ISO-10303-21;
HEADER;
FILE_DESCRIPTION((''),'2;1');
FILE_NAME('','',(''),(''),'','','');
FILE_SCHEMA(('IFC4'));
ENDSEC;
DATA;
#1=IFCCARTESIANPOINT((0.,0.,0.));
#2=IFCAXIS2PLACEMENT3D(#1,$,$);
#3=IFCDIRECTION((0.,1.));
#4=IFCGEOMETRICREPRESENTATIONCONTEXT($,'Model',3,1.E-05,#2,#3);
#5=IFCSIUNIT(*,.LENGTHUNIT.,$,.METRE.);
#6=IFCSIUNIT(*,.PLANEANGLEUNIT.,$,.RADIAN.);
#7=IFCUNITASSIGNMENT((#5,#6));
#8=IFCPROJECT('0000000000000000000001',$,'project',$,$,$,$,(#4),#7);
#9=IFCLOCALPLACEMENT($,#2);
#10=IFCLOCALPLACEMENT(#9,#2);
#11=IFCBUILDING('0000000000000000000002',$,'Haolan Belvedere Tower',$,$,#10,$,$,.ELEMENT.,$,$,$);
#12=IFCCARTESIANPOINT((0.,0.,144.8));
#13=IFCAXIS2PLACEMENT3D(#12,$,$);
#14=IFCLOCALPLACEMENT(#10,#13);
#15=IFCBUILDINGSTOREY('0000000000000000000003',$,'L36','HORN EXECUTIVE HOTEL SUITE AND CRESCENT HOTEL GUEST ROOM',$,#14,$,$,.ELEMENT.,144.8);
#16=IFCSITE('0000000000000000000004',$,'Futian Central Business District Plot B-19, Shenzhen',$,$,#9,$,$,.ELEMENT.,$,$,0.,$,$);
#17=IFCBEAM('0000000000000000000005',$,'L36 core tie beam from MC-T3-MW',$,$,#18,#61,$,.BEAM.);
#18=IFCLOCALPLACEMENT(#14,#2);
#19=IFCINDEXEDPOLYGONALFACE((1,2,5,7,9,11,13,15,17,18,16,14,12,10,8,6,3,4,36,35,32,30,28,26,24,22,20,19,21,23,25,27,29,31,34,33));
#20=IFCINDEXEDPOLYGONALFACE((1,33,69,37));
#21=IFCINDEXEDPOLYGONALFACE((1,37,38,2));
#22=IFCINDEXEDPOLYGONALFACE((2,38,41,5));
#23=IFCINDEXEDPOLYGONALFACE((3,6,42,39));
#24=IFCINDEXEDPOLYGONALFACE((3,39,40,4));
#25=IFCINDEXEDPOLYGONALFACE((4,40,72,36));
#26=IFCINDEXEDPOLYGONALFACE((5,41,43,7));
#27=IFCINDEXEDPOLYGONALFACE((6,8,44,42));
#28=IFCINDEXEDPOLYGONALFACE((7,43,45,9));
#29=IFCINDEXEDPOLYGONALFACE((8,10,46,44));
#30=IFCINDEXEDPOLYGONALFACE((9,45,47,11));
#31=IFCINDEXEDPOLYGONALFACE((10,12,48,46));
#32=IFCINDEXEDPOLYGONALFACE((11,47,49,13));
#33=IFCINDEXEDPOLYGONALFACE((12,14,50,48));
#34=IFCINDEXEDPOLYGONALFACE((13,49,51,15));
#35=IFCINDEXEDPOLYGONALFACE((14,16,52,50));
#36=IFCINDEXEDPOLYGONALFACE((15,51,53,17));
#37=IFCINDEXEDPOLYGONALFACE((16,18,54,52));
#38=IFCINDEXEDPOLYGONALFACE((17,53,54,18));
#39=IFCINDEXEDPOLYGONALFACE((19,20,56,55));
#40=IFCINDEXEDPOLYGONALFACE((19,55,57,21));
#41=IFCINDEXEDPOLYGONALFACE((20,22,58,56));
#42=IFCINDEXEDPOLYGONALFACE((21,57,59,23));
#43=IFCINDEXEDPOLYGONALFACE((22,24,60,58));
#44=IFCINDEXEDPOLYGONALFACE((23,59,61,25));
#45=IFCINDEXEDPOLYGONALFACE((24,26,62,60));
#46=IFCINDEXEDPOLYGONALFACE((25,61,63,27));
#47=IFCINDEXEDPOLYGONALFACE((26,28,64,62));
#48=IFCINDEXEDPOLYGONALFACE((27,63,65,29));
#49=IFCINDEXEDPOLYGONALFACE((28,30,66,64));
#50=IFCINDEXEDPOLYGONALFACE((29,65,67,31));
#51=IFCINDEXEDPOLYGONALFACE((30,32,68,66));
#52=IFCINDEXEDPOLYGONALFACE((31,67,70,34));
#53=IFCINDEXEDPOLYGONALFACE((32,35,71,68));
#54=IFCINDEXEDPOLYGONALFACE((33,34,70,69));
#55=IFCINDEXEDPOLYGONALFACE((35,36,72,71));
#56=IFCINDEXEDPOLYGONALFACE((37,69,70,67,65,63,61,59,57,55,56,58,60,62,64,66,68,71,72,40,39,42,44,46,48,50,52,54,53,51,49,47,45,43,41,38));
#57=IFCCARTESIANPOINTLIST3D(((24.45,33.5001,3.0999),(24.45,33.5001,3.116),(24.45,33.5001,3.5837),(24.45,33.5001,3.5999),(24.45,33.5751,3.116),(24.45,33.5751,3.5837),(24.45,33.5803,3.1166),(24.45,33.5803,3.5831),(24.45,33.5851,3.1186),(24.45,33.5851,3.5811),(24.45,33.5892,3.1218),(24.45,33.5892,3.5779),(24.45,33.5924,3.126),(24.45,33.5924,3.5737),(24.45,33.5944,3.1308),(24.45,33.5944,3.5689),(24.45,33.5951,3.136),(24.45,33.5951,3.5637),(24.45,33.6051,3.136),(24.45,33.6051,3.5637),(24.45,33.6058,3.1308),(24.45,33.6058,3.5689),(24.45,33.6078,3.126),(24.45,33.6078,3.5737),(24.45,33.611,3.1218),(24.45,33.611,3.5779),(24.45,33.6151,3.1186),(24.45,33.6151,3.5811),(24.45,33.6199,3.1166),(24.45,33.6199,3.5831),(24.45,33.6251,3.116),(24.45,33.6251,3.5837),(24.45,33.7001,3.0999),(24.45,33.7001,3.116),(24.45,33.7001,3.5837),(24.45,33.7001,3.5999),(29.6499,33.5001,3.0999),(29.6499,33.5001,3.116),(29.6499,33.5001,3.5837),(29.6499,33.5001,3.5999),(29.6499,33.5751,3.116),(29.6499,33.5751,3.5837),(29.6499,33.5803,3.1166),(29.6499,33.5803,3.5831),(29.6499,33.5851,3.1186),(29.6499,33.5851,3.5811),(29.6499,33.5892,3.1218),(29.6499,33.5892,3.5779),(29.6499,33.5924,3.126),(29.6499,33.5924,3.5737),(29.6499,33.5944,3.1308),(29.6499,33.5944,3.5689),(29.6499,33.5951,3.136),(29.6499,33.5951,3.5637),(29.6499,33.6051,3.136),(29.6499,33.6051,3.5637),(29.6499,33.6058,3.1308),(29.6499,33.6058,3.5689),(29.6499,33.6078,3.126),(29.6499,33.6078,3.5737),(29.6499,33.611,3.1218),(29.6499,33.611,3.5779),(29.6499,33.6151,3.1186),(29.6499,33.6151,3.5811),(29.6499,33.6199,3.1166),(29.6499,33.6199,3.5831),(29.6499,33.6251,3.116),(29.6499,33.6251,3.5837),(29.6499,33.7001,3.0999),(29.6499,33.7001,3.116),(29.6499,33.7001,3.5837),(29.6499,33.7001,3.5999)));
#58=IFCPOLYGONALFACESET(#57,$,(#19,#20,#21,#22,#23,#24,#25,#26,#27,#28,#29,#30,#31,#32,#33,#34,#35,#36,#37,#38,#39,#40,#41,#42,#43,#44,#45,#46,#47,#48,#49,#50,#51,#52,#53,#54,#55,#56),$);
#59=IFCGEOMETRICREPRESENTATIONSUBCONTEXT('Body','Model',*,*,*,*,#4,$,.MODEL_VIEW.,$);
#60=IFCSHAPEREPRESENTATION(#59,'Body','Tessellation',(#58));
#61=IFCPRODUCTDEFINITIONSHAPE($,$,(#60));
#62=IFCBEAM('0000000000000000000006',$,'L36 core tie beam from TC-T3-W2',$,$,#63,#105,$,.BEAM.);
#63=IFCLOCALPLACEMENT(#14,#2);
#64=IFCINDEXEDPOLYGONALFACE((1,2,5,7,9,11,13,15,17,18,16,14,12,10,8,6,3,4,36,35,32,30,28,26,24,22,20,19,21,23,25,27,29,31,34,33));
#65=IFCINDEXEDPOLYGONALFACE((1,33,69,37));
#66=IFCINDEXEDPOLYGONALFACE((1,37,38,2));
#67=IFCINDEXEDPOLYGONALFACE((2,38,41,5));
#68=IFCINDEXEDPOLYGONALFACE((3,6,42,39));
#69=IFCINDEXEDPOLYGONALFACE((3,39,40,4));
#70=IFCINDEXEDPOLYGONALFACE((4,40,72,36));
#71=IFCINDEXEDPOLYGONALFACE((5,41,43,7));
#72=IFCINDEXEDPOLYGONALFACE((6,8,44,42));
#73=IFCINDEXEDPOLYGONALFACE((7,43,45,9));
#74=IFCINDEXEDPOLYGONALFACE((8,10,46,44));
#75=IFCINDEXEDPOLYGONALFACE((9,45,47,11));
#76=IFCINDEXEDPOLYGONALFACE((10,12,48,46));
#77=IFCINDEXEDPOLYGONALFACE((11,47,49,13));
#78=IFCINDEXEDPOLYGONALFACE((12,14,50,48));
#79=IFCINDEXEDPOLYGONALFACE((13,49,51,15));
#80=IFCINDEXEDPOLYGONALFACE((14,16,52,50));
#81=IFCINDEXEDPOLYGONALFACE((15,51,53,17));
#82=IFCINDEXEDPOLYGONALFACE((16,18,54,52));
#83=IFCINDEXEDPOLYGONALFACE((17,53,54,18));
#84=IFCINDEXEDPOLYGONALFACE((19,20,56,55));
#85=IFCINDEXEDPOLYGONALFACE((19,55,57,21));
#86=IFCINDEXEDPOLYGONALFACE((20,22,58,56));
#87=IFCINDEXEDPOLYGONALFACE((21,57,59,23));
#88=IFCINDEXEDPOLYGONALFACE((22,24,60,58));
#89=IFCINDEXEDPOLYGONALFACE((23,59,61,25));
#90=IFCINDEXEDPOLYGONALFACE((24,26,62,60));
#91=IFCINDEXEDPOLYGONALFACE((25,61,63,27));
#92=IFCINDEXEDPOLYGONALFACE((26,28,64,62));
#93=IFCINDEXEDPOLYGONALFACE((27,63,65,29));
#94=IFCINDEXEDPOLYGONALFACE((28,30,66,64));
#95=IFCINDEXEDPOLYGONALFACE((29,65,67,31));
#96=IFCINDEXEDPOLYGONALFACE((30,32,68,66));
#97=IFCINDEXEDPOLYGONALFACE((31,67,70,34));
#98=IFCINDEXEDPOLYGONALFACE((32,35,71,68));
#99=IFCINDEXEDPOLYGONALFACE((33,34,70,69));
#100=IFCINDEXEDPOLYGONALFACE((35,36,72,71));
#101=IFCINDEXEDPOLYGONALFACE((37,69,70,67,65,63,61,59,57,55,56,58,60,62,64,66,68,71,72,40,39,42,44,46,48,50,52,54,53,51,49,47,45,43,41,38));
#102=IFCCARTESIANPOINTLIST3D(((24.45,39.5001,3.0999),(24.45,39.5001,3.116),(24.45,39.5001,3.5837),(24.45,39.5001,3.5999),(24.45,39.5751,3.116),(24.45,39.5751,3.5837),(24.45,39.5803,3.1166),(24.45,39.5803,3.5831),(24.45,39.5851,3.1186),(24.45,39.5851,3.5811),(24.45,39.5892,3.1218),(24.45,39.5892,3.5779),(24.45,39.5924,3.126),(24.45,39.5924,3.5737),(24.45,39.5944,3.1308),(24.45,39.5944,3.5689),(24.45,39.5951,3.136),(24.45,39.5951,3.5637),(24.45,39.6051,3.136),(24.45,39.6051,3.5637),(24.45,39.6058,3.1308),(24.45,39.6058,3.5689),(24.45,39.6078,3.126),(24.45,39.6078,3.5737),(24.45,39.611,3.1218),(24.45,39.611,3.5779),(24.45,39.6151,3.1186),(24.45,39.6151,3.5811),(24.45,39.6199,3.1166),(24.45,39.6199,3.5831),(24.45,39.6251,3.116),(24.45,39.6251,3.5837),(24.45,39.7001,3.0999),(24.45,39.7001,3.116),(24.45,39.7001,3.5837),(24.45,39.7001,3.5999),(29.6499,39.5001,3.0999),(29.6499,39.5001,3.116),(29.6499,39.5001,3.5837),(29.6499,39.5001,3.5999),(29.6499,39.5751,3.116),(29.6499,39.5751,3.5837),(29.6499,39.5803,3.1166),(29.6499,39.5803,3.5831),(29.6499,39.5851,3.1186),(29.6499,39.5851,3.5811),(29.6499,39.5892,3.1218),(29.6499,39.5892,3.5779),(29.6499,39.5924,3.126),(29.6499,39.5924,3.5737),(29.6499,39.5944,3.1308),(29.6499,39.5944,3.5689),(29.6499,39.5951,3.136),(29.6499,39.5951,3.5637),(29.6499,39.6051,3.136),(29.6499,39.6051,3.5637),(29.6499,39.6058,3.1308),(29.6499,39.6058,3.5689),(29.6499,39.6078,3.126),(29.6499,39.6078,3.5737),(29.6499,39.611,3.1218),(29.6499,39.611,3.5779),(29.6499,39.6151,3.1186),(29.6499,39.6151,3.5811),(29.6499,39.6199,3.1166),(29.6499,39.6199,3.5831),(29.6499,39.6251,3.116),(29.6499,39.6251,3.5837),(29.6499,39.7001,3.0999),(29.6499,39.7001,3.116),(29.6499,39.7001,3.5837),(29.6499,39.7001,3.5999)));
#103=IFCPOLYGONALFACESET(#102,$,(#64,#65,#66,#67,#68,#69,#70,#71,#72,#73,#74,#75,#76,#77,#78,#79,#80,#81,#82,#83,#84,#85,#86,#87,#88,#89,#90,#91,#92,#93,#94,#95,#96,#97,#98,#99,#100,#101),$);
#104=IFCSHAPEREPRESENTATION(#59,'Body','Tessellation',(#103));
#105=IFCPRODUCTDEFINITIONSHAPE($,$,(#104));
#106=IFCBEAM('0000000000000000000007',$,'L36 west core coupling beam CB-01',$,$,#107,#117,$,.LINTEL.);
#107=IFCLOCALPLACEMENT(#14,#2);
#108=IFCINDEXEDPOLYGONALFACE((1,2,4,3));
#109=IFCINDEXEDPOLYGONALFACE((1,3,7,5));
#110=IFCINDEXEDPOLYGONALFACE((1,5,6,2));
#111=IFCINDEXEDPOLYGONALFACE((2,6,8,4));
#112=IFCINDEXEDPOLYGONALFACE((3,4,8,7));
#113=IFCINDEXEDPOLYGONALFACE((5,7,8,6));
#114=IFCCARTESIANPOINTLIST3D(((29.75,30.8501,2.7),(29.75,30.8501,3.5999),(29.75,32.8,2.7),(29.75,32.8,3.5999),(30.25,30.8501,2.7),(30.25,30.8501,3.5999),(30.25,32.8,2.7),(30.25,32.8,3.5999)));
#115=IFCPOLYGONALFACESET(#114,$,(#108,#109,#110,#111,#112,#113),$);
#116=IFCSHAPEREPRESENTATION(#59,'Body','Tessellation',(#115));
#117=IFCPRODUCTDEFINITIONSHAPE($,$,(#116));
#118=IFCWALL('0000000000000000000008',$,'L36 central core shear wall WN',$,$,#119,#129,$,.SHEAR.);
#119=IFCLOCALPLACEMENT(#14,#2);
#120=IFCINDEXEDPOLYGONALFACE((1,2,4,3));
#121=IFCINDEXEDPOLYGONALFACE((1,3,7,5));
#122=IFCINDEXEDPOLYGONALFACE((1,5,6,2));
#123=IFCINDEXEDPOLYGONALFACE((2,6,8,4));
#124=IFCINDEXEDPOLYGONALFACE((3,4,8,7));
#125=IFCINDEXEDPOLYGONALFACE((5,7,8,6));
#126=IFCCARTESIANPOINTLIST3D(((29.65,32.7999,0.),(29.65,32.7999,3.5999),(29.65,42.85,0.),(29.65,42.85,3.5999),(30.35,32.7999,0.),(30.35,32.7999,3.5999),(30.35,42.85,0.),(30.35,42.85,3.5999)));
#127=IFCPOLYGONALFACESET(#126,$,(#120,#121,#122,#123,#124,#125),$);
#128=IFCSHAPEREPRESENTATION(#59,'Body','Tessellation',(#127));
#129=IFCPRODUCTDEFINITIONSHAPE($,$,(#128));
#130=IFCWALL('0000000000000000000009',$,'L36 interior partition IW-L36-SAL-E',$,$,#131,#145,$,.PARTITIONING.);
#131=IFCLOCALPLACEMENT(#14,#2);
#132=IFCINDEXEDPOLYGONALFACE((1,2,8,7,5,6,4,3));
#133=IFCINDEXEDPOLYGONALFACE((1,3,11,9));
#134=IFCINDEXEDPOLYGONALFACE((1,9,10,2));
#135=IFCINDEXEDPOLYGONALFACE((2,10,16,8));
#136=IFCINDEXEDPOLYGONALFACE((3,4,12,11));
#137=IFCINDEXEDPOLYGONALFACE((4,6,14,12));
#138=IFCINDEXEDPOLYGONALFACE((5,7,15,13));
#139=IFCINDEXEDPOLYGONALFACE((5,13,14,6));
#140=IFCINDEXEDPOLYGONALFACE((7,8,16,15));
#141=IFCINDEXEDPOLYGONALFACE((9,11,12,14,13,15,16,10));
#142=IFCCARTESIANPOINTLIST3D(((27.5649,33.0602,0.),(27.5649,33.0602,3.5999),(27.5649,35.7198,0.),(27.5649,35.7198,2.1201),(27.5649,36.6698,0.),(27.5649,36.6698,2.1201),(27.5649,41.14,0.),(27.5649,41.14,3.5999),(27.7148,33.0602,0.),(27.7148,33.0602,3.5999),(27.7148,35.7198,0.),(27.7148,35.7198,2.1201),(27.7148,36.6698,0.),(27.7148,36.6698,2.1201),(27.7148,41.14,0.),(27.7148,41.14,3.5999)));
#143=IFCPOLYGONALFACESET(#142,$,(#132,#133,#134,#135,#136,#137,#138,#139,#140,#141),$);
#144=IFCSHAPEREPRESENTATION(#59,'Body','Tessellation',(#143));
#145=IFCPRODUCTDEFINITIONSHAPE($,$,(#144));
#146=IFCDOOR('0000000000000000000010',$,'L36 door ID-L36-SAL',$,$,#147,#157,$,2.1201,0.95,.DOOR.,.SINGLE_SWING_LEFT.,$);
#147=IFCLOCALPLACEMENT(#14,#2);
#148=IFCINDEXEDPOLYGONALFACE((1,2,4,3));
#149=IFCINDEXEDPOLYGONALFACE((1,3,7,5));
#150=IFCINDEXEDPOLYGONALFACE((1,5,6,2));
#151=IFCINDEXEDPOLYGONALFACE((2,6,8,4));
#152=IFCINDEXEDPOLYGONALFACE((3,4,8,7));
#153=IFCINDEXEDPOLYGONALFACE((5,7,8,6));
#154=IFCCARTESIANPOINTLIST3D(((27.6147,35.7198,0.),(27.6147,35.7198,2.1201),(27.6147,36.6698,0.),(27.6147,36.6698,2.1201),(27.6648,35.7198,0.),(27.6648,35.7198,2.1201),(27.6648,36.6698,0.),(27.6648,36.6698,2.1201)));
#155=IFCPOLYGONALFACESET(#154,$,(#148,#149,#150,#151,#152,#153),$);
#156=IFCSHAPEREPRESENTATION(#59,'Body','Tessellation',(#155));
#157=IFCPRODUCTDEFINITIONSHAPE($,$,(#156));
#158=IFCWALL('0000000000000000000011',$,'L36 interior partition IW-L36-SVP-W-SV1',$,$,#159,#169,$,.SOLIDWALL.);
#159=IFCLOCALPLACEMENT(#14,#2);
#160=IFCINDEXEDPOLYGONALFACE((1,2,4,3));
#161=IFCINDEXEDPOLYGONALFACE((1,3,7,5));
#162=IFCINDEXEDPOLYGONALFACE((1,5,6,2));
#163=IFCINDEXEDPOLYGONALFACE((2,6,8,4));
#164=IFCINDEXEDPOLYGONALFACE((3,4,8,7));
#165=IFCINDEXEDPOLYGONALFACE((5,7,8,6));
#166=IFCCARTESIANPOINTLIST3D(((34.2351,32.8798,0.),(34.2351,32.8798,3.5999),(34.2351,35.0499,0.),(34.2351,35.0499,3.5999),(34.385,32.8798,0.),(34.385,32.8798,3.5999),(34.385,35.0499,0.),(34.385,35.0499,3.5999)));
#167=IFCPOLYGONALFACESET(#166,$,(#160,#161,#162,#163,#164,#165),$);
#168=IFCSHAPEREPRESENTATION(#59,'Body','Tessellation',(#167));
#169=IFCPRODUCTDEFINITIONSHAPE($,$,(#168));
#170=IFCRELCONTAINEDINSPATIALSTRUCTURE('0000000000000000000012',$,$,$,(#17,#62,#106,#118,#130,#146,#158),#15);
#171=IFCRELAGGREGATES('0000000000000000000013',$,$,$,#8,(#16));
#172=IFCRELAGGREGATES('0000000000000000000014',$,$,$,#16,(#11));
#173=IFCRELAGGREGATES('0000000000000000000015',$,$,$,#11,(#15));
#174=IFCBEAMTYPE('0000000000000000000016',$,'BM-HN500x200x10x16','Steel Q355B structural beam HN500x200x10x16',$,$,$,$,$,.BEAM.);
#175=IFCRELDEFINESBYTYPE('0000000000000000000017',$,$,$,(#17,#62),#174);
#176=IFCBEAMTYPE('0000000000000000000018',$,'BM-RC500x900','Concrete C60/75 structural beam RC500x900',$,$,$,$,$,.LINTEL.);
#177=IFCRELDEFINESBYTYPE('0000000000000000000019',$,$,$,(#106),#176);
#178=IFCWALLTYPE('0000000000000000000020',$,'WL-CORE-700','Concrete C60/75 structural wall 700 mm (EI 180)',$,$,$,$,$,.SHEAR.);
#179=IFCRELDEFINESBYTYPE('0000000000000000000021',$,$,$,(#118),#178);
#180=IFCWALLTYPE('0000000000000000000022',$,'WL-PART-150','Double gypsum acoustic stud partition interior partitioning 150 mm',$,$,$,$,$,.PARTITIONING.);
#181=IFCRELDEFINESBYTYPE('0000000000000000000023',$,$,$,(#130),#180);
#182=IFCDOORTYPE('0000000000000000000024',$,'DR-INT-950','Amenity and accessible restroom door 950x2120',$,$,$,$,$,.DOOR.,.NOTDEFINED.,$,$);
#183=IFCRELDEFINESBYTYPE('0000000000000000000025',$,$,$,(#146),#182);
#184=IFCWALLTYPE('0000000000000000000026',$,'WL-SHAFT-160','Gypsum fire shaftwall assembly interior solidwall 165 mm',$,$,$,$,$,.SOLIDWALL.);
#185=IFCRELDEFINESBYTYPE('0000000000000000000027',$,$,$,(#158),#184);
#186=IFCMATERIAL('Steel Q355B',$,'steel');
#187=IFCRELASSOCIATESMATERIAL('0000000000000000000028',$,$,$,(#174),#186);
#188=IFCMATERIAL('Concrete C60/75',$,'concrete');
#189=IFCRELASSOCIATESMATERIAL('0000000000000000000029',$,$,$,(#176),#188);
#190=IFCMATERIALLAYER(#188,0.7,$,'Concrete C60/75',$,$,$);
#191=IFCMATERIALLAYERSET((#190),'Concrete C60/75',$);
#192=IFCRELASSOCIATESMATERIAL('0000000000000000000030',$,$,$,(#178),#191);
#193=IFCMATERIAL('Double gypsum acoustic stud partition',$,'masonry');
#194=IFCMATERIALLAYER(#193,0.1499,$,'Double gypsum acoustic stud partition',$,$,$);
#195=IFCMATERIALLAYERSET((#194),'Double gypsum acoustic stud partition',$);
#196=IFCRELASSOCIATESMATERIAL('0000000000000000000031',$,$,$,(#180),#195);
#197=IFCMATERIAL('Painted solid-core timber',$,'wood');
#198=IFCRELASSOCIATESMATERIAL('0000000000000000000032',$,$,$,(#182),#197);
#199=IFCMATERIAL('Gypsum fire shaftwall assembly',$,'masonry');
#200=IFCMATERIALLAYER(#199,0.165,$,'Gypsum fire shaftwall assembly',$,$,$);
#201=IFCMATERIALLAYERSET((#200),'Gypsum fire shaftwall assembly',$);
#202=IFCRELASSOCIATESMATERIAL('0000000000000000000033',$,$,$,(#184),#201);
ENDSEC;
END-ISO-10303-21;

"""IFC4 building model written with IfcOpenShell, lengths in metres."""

from ifc_helpers import new_model, si_unit, direction, frame, frame_2d, origin, origin_2d, place, context, subcontext, project, spatial, rectangle, i_section, extrude, material, layer, layer_set, material_profile, profile_set, type_object, element, fill, save


model = new_model("IFC4")

# Units and contexts
model_context = context("Model", 3, precision=1e-05, world=origin(), true_north=direction((0.0, 1.0)))
body_context = subcontext(model_context, "Body", "Model", "MODEL_VIEW")
ifc_project = project(units=[si_unit("LENGTHUNIT", "METRE"), si_unit("PLANEANGLEUNIT", "RADIAN")], contexts=[model_context])

# Site, building, storey
site_placement = place(None, origin())
site = spatial("IfcSite", under=ifc_project, at=site_placement, Name="Futian Central Business District Plot B-19, Shenzhen", CompositionType="ELEMENT", RefElevation=0.0)
building_placement = place(site_placement, origin())
building = spatial("IfcBuilding", under=site, at=building_placement, Name="Haolan Belvedere Tower", CompositionType="ELEMENT")
storey_placement = place(building_placement, frame((0.0, 0.0, 144.8)))
storey = spatial("IfcBuildingStorey", under=building, at=storey_placement, Name="L36", Description="HORN EXECUTIVE HOTEL SUITE AND CRESCENT HOTEL GUEST ROOM", CompositionType="ELEMENT", Elevation=144.8)

# Beams
ifc_material_1 = material(Name="Steel Q355B", Category="steel")
ifc_material_profile_1 = material_profile(ifc_material_1, i_section(OverallWidth=0.2, OverallDepth=0.5, WebThickness=0.01, FlangeThickness=0.0161, FilletRadius=0.02, at=origin_2d()), Name="Steel Q355B")
ifc_profile_set_1 = profile_set([ifc_material_profile_1], Name="Steel Q355B")
beam_type_1 = type_object("IfcBeamType", Name="BM-HN500x200x10x16", Description="Steel Q355B structural beam HN500x200x10x16", PredefinedType="BEAM", material=ifc_profile_set_1)
for number, where, z_axis, x_axis, name in (
    (1, (24.45, 33.6001, 3.3499), (1.0, 0.0, 0.0), (0.0, 1.0, 0.0), "L36 core tie beam from MC-T3-MW"),
    (2, (24.45, 39.6001, 3.3499), (1.0, 0.0, 0.0), (0.0, 1.0, 0.0), "L36 core tie beam from TC-T3-W2"),
):
    element("IfcBeam", number, at=place(storey_placement, frame(where, z_axis=z_axis, x_axis=x_axis)), inside=storey, type_object=beam_type_1, Name=name, PredefinedType="BEAM", context=body_context, shape_type="SweptSolid", body=[
        extrude(i_section(OverallWidth=0.2, OverallDepth=0.5, WebThickness=0.01, FlangeThickness=0.0161, FilletRadius=0.02, at=origin_2d()), origin(), (0.0, 0.0, 1.0), 5.2),
    ])
ifc_material_2 = material(Name="Concrete C60/75", Category="concrete")
ifc_material_profile_2 = material_profile(ifc_material_2, rectangle(XDim=0.5, YDim=0.8999, at=origin_2d()), Name="Concrete C60/75")
ifc_profile_set_2 = profile_set([ifc_material_profile_2], Name="Concrete C60/75")
beam_type_2 = type_object("IfcBeamType", Name="BM-RC500x900", Description="Concrete C60/75 structural beam RC500x900", PredefinedType="LINTEL", material=ifc_profile_set_2)
beam_placement = place(storey_placement, frame((30.0, 30.8501, 3.1499), z_axis=(0.0, 1.0, 0.0), x_axis=(-1.0, 0.0, 0.0)))
element("IfcBeam", 3, at=beam_placement, inside=storey, type_object=beam_type_2, Name="L36 west core coupling beam CB-01", PredefinedType="LINTEL", context=body_context, shape_type="SweptSolid", body=[
    extrude(rectangle(XDim=0.5, YDim=0.8999, at=origin_2d()), origin(), (0.0, 0.0, 1.0), 1.95),
])

# Wall
ifc_layer_1 = layer(ifc_material_2, 0.7, Name="Concrete C60/75")
ifc_layer_set_1 = layer_set([ifc_layer_1], Name="Concrete C60/75")
wall_type_1 = type_object("IfcWallType", Name="WL-CORE-700", Description="Concrete C60/75 structural wall 700 mm (EI 180)", PredefinedType="SHEAR", material=ifc_layer_set_1)
wall_1_placement = place(storey_placement, frame((30.0, 32.8, 0.0), z_axis=(0.0, 0.0, 1.0), x_axis=(0.0, 1.0, 0.0)))
element("IfcWall", 4, at=wall_1_placement, inside=storey, type_object=wall_type_1, Name="L36 central core shear wall WN", PredefinedType="SHEAR", context=body_context, shape_type="SweptSolid", body=[
    extrude(rectangle(XDim=10.05, YDim=0.7, at=frame_2d((5.0249, 0.0))), origin(), (0.0, 0.0, 1.0), 3.5999),
])

# Wall, opening, door
ifc_material_3 = material(Name="Double gypsum acoustic stud partition", Category="masonry")
ifc_layer_2 = layer(ifc_material_3, 0.1499, Name="Double gypsum acoustic stud partition")
ifc_layer_set_2 = layer_set([ifc_layer_2], Name="Double gypsum acoustic stud partition")
wall_type_2 = type_object("IfcWallType", Name="WL-PART-150", Description="Double gypsum acoustic stud partition interior partitioning 150 mm", PredefinedType="PARTITIONING", material=ifc_layer_set_2)
wall_2_placement = place(storey_placement, frame((27.6399, 33.0601, 0.0), z_axis=(0.0, 0.0, 1.0), x_axis=(0.0, 1.0, 0.0)))
wall_2 = element("IfcWall", 5, at=wall_2_placement, inside=storey, type_object=wall_type_2, Name="L36 interior partition IW-L36-SAL-E", PredefinedType="PARTITIONING", context=body_context, shape_type="SweptSolid", body=[
    extrude(rectangle(XDim=8.0798, YDim=0.1499, at=frame_2d((4.04, 0.0))), origin(), (0.0, 0.0, 1.0), 3.5999),
])
opening_1_placement = place(wall_2_placement, frame((3.6099, 0.0, 0.0), z_axis=(0.0, 0.0, 1.0), x_axis=(-1.0, 0.0, 0.0)))
opening_1 = element("IfcOpeningElement", 6, at=opening_1_placement, cuts=wall_2, PredefinedType="OPENING", context=body_context, shape_type="SweptSolid", body=[
    extrude(rectangle(XDim=0.95, YDim=2.1201, at=frame_2d((0.4751, 1.0601))), frame((0.0, 0.085, 0.0), z_axis=(0.0, -1.0, 0.0), x_axis=(1.0, 0.0, 0.0)), (0.0, 0.0, 1.0), 0.1699),
])
ifc_material_4 = material(Name="Painted solid-core timber", Category="wood")
door_type_1 = type_object("IfcDoorType", Name="DR-INT-950", Description="Amenity and accessible restroom door 950x2120", OperationType="NOTDEFINED", PredefinedType="DOOR", material=ifc_material_4)
door_1_placement = place(opening_1_placement, origin())
door_1 = element("IfcDoor", 7, at=door_1_placement, inside=storey, type_object=door_type_1, Name="L36 door ID-L36-SAL", OperationType="SINGLE_SWING_LEFT", OverallHeight=2.1201, OverallWidth=0.95, PredefinedType="DOOR", context=body_context, shape_type="SweptSolid", body=[
    extrude(rectangle(XDim=0.95, YDim=2.1201, at=frame_2d((0.4751, 1.0601))), frame((0.0, 0.0249, 0.0), z_axis=(0.0, -1.0, 0.0), x_axis=(1.0, 0.0, 0.0)), (0.0, 0.0, 1.0), 0.05),
])
fill(opening_1, door_1)

# Wall
ifc_material_5 = material(Name="Gypsum fire shaftwall assembly", Category="masonry")
ifc_layer_3 = layer(ifc_material_5, 0.165, Name="Gypsum fire shaftwall assembly")
ifc_layer_set_3 = layer_set([ifc_layer_3], Name="Gypsum fire shaftwall assembly")
wall_type_3 = type_object("IfcWallType", Name="WL-SHAFT-160", Description="Gypsum fire shaftwall assembly interior solidwall 165 mm", PredefinedType="SOLIDWALL", material=ifc_layer_set_3)
wall_3_placement = place(storey_placement, frame((34.3101, 32.8799, 0.0), z_axis=(0.0, 0.0, 1.0), x_axis=(0.0, 1.0, 0.0)))
element("IfcWall", 8, at=wall_3_placement, inside=storey, type_object=wall_type_3, Name="L36 interior partition IW-L36-SVP-W-SV1", PredefinedType="SOLIDWALL", context=body_context, shape_type="SweptSolid", body=[
    extrude(rectangle(XDim=2.1702, YDim=0.1499, at=frame_2d((1.085, 0.0))), origin(), (0.0, 0.0, 1.0), 3.5999),
])

save(model, "model.ifc")
